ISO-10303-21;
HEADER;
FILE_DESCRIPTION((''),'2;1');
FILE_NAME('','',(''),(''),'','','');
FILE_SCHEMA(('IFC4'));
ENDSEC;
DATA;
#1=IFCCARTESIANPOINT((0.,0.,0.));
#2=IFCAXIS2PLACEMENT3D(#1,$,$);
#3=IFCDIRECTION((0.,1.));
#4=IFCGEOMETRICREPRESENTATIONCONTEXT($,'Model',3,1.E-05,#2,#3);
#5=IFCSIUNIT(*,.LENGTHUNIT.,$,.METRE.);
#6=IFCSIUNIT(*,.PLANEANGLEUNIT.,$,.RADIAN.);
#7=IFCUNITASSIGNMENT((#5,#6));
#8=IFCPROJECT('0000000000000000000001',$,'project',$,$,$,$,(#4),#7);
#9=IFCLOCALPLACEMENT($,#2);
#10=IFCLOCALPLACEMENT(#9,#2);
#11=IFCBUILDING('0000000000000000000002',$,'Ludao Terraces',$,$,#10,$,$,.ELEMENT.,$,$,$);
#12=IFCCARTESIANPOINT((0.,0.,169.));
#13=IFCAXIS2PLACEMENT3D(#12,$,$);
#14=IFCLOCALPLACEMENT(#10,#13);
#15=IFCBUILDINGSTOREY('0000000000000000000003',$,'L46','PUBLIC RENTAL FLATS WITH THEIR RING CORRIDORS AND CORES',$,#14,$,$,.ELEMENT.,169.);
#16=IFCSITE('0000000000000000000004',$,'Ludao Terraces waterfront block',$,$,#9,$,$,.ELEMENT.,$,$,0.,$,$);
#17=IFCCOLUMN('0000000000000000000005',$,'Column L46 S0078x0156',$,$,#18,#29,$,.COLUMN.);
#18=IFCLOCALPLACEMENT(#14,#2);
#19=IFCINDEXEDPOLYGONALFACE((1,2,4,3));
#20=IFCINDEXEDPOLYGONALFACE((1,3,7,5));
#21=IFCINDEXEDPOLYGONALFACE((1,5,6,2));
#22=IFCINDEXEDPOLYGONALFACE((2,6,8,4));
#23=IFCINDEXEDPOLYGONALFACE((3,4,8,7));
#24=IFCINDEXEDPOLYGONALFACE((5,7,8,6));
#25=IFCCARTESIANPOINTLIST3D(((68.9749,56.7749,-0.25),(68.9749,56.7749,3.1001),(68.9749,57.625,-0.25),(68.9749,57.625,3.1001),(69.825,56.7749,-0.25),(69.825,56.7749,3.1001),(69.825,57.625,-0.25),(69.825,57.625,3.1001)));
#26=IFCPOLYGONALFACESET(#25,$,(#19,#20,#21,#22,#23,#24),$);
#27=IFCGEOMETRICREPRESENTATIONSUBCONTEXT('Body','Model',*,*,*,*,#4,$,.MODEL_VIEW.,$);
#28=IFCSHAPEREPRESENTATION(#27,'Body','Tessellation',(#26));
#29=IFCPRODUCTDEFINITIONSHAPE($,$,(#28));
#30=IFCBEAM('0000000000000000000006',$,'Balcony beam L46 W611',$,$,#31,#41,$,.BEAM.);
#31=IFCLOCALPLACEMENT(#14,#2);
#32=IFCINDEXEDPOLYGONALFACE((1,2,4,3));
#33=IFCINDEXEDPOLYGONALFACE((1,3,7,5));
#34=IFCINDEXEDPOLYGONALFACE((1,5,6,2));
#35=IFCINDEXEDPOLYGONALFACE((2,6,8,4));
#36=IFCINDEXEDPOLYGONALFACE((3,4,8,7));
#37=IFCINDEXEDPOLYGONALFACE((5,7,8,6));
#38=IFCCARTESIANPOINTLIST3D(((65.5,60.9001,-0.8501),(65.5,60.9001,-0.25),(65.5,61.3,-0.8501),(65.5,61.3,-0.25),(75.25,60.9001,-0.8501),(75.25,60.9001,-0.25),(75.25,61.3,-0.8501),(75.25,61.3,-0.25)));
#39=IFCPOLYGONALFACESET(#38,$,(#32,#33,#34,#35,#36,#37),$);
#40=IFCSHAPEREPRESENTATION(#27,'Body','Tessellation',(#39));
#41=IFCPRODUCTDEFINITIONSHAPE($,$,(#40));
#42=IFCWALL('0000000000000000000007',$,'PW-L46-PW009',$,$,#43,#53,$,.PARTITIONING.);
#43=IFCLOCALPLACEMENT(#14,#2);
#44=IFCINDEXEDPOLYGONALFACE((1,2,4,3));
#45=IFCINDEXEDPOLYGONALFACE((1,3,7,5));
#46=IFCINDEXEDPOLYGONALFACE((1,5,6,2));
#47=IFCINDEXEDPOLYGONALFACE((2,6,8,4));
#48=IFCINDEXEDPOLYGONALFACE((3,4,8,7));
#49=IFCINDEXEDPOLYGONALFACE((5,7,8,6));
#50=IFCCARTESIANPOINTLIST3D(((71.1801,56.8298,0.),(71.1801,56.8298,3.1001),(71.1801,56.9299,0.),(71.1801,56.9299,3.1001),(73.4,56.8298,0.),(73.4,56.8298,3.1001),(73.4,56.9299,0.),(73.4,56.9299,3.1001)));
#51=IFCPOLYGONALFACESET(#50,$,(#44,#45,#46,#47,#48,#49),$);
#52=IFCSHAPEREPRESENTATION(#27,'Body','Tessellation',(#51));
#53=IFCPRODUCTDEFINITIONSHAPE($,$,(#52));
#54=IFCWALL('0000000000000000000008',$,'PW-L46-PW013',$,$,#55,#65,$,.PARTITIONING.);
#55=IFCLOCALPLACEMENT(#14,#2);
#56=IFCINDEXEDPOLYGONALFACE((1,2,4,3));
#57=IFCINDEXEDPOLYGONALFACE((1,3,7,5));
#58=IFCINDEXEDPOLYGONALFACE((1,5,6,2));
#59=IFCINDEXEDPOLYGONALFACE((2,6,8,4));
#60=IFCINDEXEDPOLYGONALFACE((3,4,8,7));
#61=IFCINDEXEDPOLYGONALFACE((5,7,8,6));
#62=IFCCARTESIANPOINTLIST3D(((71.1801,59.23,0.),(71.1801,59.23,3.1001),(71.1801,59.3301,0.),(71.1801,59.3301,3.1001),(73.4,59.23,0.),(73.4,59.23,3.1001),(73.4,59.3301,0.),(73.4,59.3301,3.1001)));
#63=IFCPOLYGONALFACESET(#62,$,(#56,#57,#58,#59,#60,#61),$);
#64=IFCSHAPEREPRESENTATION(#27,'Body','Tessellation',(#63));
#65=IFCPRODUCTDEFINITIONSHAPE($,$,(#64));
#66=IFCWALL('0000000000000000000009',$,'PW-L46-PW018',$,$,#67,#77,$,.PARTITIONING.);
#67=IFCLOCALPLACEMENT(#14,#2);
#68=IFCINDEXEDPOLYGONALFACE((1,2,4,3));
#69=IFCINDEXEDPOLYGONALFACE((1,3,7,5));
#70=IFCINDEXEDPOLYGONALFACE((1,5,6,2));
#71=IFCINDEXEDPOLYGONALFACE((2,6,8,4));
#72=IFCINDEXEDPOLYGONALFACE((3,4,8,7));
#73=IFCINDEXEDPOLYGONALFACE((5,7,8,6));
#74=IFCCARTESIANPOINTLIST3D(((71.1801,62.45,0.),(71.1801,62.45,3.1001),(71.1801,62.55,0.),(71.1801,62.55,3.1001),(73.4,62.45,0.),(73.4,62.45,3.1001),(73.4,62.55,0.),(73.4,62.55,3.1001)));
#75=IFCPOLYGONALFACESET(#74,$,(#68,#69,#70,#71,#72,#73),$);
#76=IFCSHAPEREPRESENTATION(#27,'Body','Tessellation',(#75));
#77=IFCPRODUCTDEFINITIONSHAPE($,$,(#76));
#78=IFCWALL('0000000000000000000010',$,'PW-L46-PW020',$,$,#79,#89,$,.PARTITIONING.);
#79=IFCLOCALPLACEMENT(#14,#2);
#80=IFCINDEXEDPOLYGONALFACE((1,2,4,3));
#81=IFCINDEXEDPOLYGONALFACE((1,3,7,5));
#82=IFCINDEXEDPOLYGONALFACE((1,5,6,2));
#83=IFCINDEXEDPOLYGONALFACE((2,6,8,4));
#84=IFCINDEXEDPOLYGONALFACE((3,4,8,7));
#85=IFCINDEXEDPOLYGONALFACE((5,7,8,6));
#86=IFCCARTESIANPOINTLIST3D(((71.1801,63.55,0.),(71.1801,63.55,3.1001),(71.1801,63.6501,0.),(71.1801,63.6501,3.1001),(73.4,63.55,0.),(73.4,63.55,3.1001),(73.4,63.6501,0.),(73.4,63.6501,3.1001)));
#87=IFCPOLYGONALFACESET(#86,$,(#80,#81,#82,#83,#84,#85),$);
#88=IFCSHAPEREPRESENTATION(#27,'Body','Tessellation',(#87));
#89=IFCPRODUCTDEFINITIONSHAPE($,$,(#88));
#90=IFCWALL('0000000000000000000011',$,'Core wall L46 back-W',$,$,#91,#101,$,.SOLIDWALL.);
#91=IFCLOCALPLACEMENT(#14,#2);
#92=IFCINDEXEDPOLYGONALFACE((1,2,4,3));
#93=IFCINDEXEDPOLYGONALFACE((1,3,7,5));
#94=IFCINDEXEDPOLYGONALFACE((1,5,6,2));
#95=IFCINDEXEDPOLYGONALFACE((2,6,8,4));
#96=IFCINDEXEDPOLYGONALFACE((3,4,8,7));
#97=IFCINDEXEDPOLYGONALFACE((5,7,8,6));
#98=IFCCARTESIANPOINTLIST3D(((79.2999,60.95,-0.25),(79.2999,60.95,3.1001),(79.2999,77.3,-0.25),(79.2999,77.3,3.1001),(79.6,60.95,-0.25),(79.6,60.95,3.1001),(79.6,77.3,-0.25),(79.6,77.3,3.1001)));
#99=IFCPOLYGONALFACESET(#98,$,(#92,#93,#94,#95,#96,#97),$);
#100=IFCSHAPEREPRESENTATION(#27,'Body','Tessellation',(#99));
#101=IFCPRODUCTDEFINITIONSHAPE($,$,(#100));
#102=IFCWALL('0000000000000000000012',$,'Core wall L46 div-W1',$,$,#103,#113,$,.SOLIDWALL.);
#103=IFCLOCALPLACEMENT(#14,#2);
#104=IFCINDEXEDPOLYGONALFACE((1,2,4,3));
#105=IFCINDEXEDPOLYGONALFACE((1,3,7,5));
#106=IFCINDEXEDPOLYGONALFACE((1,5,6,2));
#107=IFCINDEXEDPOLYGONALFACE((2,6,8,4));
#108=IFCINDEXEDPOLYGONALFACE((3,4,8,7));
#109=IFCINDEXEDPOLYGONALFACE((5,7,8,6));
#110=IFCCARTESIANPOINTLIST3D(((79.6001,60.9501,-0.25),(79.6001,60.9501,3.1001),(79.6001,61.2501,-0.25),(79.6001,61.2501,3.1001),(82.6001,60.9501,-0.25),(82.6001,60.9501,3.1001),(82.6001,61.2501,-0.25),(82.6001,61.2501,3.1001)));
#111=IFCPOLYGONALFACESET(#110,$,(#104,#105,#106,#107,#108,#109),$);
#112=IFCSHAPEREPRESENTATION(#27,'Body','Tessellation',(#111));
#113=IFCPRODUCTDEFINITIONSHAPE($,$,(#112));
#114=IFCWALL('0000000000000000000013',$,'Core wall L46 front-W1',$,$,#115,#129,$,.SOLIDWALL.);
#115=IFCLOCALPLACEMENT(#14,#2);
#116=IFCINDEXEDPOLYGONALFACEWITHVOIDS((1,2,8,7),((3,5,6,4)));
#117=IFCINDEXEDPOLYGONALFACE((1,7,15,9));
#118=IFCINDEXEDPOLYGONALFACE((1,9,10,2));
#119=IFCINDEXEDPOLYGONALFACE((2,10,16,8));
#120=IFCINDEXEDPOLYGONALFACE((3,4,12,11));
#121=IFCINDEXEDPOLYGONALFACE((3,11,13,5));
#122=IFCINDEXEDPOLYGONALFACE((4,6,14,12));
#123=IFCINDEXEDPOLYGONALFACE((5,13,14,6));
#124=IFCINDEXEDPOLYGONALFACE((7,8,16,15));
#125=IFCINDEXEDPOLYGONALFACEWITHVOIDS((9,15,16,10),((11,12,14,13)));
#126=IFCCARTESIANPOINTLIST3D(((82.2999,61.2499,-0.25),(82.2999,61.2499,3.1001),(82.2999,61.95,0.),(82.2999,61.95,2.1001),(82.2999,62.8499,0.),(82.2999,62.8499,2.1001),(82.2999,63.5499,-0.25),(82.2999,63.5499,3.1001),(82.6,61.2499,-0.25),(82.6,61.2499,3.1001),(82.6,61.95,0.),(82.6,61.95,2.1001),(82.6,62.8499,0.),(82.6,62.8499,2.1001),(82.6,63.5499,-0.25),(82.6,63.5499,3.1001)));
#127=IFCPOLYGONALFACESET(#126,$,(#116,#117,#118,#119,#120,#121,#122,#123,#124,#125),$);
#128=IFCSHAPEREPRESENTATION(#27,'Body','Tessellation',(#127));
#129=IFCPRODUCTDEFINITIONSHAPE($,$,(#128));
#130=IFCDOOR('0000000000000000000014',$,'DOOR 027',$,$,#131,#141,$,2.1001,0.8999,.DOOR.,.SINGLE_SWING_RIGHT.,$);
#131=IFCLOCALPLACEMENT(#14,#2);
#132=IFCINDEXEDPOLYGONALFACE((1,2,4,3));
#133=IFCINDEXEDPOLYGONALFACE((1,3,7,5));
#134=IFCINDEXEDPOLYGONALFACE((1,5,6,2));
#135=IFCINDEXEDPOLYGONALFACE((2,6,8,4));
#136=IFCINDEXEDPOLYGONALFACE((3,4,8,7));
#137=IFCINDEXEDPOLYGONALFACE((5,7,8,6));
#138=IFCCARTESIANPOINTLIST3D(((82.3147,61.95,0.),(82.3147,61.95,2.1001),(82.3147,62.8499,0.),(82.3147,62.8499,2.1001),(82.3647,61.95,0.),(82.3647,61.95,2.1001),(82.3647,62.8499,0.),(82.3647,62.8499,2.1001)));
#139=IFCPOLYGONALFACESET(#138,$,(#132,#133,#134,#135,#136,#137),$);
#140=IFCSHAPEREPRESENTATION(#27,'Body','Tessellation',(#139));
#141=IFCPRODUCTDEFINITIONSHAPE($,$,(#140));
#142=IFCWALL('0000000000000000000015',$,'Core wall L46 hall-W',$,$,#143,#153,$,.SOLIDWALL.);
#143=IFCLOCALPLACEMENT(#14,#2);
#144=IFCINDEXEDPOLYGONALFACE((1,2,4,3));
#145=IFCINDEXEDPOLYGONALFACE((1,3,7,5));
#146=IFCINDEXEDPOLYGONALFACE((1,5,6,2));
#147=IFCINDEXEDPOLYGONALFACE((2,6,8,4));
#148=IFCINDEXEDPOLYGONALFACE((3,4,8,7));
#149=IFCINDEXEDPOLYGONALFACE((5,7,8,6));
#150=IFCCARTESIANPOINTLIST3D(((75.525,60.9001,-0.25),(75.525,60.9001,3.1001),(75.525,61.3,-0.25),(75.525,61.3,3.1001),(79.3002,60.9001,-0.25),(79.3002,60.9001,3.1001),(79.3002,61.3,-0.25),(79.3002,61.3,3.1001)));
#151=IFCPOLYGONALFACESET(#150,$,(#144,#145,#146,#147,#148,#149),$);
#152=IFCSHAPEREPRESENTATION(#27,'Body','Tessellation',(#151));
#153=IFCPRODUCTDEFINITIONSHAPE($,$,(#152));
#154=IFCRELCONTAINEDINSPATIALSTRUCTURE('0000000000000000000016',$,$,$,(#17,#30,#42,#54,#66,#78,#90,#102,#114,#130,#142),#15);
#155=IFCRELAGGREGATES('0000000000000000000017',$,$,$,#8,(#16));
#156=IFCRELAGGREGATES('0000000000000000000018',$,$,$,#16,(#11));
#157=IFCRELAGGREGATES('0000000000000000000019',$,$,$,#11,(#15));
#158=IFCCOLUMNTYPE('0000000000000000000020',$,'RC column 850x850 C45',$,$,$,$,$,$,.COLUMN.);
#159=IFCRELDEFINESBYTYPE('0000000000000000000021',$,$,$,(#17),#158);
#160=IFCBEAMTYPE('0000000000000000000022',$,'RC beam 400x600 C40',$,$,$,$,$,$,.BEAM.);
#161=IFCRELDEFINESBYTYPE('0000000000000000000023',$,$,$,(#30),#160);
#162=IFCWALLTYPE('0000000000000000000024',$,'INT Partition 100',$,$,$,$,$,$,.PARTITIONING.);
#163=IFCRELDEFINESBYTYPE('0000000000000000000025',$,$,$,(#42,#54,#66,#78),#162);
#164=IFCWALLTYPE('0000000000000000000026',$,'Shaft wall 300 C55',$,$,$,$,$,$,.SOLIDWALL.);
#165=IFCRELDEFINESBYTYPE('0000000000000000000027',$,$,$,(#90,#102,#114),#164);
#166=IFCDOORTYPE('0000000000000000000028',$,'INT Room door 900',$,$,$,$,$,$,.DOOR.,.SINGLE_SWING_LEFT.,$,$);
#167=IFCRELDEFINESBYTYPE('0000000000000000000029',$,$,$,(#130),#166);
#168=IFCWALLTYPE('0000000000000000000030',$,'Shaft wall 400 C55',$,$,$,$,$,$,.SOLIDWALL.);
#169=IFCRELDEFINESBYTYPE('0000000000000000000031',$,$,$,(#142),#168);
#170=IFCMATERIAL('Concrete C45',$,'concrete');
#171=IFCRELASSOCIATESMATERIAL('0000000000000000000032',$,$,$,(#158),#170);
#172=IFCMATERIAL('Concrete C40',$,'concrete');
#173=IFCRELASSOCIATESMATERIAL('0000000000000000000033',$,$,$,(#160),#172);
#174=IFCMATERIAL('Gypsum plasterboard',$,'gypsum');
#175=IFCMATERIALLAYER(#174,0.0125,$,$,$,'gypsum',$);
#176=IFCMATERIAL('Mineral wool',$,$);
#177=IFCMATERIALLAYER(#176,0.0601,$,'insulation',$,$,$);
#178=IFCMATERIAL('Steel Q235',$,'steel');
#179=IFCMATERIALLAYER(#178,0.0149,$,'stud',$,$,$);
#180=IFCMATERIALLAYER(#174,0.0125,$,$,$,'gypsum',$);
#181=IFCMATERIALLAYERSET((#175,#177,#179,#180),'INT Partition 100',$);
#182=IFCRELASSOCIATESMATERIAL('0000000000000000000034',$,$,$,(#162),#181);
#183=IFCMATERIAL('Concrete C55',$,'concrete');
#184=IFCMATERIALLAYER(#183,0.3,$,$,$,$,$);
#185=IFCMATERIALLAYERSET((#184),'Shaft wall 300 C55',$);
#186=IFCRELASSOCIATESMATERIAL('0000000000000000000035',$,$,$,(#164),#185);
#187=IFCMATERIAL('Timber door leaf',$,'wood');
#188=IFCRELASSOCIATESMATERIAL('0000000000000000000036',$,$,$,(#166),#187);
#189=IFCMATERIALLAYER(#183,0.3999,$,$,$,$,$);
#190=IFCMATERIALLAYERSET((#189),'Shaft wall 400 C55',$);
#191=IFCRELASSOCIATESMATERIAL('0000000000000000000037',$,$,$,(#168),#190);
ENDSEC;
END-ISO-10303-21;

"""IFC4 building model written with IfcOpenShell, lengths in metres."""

from ifc_helpers import new_model, si_unit, direction, frame, frame_2d, origin, origin_2d, place, context, subcontext, project, spatial, rectangle, extrude, material, layer, layer_set, material_profile, profile_set, type_object, element, fill, save


model = new_model("IFC4")

# Units and contexts
model_context = context("Model", 3, precision=1e-05, world=origin(), true_north=direction((0.0, 1.0)))
body_context = subcontext(model_context, "Body", "Model", "MODEL_VIEW")
ifc_project = project(units=[si_unit("LENGTHUNIT", "METRE"), si_unit("PLANEANGLEUNIT", "RADIAN")], contexts=[model_context])

# Site, building, storey
site_placement = place(None, origin())
site = spatial("IfcSite", under=ifc_project, at=site_placement, Name="Ludao Terraces waterfront block", CompositionType="ELEMENT", RefElevation=0.0)
building_placement = place(site_placement, origin())
building = spatial("IfcBuilding", under=site, at=building_placement, Name="Ludao Terraces", CompositionType="ELEMENT")
storey_placement = place(building_placement, frame((0.0, 0.0, 169.0)))
storey = spatial("IfcBuildingStorey", under=building, at=storey_placement, Name="L46", Description="PUBLIC RENTAL FLATS WITH THEIR RING CORRIDORS AND CORES", CompositionType="ELEMENT", Elevation=169.0)

# Column
ifc_material_1 = material(Name="Concrete C45", Category="concrete")
ifc_material_profile_1 = material_profile(ifc_material_1, rectangle(XDim=0.8501, YDim=0.8501, at=origin_2d()), Name="850 X 850")
ifc_profile_set_1 = profile_set([ifc_material_profile_1], Name="Concrete C45")
column_type = type_object("IfcColumnType", Name="RC column 850x850 C45", PredefinedType="COLUMN", material=ifc_profile_set_1)
column_placement = place(storey_placement, frame((69.3999, 57.2, -0.25), z_axis=(0.0, 0.0, 1.0), x_axis=(1.0, 0.0, 0.0)))
element("IfcColumn", 1, at=column_placement, inside=storey, type_object=column_type, Name="Column L46 S0078x0156", PredefinedType="COLUMN", context=body_context, shape_type="SweptSolid", body=[
    extrude(rectangle(XDim=0.8501, YDim=0.8501, at=origin_2d()), origin(), (0.0, 0.0, 1.0), 3.3501),
])

# Beam
ifc_material_2 = material(Name="Concrete C40", Category="concrete")
ifc_material_profile_2 = material_profile(ifc_material_2, rectangle(XDim=0.3999, YDim=0.6001, at=origin_2d()), Name="400 X 600")
ifc_profile_set_2 = profile_set([ifc_material_profile_2], Name="Concrete C40")
beam_type = type_object("IfcBeamType", Name="RC beam 400x600 C40", PredefinedType="BEAM", material=ifc_profile_set_2)
beam_placement = place(storey_placement, frame((75.25, 61.1001, -0.55), z_axis=(-1.0, 0.0, 0.0), x_axis=(0.0, -1.0, 0.0)))
element("IfcBeam", 2, at=beam_placement, inside=storey, type_object=beam_type, Name="Balcony beam L46 W611", PredefinedType="BEAM", context=body_context, shape_type="SweptSolid", body=[
    extrude(rectangle(XDim=0.3999, YDim=0.6001, at=origin_2d()), origin(), (0.0, 0.0, 1.0), 9.75),
])

# Walls
ifc_material_3 = material(Name="Gypsum plasterboard", Category="gypsum")
ifc_layer_1 = layer(ifc_material_3, 0.0125, Category="gypsum")
ifc_material_4 = material(Name="Mineral wool")
ifc_layer_2 = layer(ifc_material_4, 0.0601, Name="insulation")
ifc_material_5 = material(Name="Steel Q235", Category="steel")
ifc_layer_3 = layer(ifc_material_5, 0.0149, Name="stud")
ifc_layer_4 = layer(ifc_material_3, 0.0125, Category="gypsum")
ifc_layer_set_1 = layer_set([ifc_layer_1, ifc_layer_2, ifc_layer_3, ifc_layer_4], Name="INT Partition 100")
wall_type_1 = type_object("IfcWallType", Name="INT Partition 100", PredefinedType="PARTITIONING", material=ifc_layer_set_1)
for number, where, z_axis, x_axis, name in (
    (3, (71.1802, 56.8799, 0.0), (0.0, 0.0, 1.0), (1.0, 0.0, 0.0), "PW-L46-PW009"),
    (4, (71.1802, 59.28, 0.0), (0.0, 0.0, 1.0), (1.0, 0.0, 0.0), "PW-L46-PW013"),
    (5, (71.1802, 62.5, 0.0), (0.0, 0.0, 1.0), (1.0, 0.0, 0.0), "PW-L46-PW018"),
    (6, (71.1802, 63.6001, 0.0), (0.0, 0.0, 1.0), (1.0, 0.0, 0.0), "PW-L46-PW020"),
):
    element("IfcWall", number, at=place(storey_placement, frame(where, z_axis=z_axis, x_axis=x_axis)), inside=storey, type_object=wall_type_1, Name=name, PredefinedType="PARTITIONING", context=body_context, shape_type="SweptSolid", body=[
        extrude(rectangle(XDim=2.22, YDim=0.1001, at=frame_2d((1.1099, 0.0))), origin(), (0.0, 0.0, 1.0), 3.1001),
    ])
ifc_material_6 = material(Name="Concrete C55", Category="concrete")
ifc_layer_5 = layer(ifc_material_6, 0.3)
ifc_layer_set_2 = layer_set([ifc_layer_5], Name="Shaft wall 300 C55")
wall_type_2 = type_object("IfcWallType", Name="Shaft wall 300 C55", PredefinedType="SOLIDWALL", material=ifc_layer_set_2)
wall_1_placement = place(storey_placement, frame((79.45, 60.95, -0.25), z_axis=(0.0, 0.0, 1.0), x_axis=(0.0, 1.0, 0.0)))
element("IfcWall", 7, at=wall_1_placement, inside=storey, type_object=wall_type_2, Name="Core wall L46 back-W", PredefinedType="SOLIDWALL", context=body_context, shape_type="SweptSolid", body=[
    extrude(rectangle(XDim=16.3501, YDim=0.3, at=frame_2d((8.175, 0.0))), origin(), (0.0, 0.0, 1.0), 3.3501),
])
wall_2_placement = place(storey_placement, frame((79.6001, 61.1001, -0.25), z_axis=(0.0, 0.0, 1.0), x_axis=(1.0, 0.0, 0.0)))
element("IfcWall", 8, at=wall_2_placement, inside=storey, type_object=wall_type_2, Name="Core wall L46 div-W1", PredefinedType="SOLIDWALL", context=body_context, shape_type="SweptSolid", body=[
    extrude(rectangle(XDim=3.0, YDim=0.3, at=frame_2d((1.5, 0.0))), origin(), (0.0, 0.0, 1.0), 3.3501),
])

# Wall, opening, door
wall_3_placement = place(storey_placement, frame((82.45, 61.25, -0.25), z_axis=(0.0, 0.0, 1.0), x_axis=(0.0, 1.0, 0.0)))
wall_3 = element("IfcWall", 9, at=wall_3_placement, inside=storey, type_object=wall_type_2, Name="Core wall L46 front-W1", PredefinedType="SOLIDWALL", context=body_context, shape_type="SweptSolid", body=[
    extrude(rectangle(XDim=2.3, YDim=0.3, at=frame_2d((1.1499, 0.0))), origin(), (0.0, 0.0, 1.0), 3.3501),
])
opening_placement = place(wall_3_placement, frame((0.7, 0.0, 0.25)))
opening = element("IfcOpeningElement", 10, at=opening_placement, cuts=wall_3, PredefinedType="OPENING", context=body_context, shape_type="SweptSolid", body=[
    extrude(rectangle(XDim=0.8999, YDim=2.1001, at=frame_2d((0.45, 1.05))), frame((0.0, 0.1602, 0.0), z_axis=(0.0, -1.0, 0.0), x_axis=(1.0, 0.0, 0.0)), (0.0, 0.0, 1.0), 0.3201),
])
ifc_material_7 = material(Name="Timber door leaf", Category="wood")
door_type = type_object("IfcDoorType", Name="INT Room door 900", OperationType="SINGLE_SWING_LEFT", PredefinedType="DOOR", material=ifc_material_7)
door_placement = place(opening_placement, origin())
door = element("IfcDoor", 11, at=door_placement, inside=storey, type_object=door_type, Name="DOOR 027", OperationType="SINGLE_SWING_RIGHT", OverallHeight=2.1001, OverallWidth=0.8999, PredefinedType="DOOR", context=body_context, shape_type="SweptSolid", body=[
    extrude(rectangle(XDim=0.8999, YDim=2.1001, at=frame_2d((0.45, 1.05))), frame((0.0, 0.1353, 0.0), z_axis=(0.0, -1.0, 0.0), x_axis=(1.0, 0.0, 0.0)), (0.0, 0.0, 1.0), 0.05),
])
fill(opening, door)

# Wall
ifc_layer_6 = layer(ifc_material_6, 0.3999)
ifc_layer_set_3 = layer_set([ifc_layer_6], Name="Shaft wall 400 C55")
wall_type_3 = type_object("IfcWallType", Name="Shaft wall 400 C55", PredefinedType="SOLIDWALL", material=ifc_layer_set_3)
wall_4_placement = place(storey_placement, frame((75.5249, 61.1001, -0.25), z_axis=(0.0, 0.0, 1.0), x_axis=(1.0, 0.0, 0.0)))
element("IfcWall", 12, at=wall_4_placement, inside=storey, type_object=wall_type_3, Name="Core wall L46 hall-W", PredefinedType="SOLIDWALL", context=body_context, shape_type="SweptSolid", body=[
    extrude(rectangle(XDim=3.7751, YDim=0.3999, at=frame_2d((1.8877, 0.0))), origin(), (0.0, 0.0, 1.0), 3.3501),
])

save(model, "model.ifc")
